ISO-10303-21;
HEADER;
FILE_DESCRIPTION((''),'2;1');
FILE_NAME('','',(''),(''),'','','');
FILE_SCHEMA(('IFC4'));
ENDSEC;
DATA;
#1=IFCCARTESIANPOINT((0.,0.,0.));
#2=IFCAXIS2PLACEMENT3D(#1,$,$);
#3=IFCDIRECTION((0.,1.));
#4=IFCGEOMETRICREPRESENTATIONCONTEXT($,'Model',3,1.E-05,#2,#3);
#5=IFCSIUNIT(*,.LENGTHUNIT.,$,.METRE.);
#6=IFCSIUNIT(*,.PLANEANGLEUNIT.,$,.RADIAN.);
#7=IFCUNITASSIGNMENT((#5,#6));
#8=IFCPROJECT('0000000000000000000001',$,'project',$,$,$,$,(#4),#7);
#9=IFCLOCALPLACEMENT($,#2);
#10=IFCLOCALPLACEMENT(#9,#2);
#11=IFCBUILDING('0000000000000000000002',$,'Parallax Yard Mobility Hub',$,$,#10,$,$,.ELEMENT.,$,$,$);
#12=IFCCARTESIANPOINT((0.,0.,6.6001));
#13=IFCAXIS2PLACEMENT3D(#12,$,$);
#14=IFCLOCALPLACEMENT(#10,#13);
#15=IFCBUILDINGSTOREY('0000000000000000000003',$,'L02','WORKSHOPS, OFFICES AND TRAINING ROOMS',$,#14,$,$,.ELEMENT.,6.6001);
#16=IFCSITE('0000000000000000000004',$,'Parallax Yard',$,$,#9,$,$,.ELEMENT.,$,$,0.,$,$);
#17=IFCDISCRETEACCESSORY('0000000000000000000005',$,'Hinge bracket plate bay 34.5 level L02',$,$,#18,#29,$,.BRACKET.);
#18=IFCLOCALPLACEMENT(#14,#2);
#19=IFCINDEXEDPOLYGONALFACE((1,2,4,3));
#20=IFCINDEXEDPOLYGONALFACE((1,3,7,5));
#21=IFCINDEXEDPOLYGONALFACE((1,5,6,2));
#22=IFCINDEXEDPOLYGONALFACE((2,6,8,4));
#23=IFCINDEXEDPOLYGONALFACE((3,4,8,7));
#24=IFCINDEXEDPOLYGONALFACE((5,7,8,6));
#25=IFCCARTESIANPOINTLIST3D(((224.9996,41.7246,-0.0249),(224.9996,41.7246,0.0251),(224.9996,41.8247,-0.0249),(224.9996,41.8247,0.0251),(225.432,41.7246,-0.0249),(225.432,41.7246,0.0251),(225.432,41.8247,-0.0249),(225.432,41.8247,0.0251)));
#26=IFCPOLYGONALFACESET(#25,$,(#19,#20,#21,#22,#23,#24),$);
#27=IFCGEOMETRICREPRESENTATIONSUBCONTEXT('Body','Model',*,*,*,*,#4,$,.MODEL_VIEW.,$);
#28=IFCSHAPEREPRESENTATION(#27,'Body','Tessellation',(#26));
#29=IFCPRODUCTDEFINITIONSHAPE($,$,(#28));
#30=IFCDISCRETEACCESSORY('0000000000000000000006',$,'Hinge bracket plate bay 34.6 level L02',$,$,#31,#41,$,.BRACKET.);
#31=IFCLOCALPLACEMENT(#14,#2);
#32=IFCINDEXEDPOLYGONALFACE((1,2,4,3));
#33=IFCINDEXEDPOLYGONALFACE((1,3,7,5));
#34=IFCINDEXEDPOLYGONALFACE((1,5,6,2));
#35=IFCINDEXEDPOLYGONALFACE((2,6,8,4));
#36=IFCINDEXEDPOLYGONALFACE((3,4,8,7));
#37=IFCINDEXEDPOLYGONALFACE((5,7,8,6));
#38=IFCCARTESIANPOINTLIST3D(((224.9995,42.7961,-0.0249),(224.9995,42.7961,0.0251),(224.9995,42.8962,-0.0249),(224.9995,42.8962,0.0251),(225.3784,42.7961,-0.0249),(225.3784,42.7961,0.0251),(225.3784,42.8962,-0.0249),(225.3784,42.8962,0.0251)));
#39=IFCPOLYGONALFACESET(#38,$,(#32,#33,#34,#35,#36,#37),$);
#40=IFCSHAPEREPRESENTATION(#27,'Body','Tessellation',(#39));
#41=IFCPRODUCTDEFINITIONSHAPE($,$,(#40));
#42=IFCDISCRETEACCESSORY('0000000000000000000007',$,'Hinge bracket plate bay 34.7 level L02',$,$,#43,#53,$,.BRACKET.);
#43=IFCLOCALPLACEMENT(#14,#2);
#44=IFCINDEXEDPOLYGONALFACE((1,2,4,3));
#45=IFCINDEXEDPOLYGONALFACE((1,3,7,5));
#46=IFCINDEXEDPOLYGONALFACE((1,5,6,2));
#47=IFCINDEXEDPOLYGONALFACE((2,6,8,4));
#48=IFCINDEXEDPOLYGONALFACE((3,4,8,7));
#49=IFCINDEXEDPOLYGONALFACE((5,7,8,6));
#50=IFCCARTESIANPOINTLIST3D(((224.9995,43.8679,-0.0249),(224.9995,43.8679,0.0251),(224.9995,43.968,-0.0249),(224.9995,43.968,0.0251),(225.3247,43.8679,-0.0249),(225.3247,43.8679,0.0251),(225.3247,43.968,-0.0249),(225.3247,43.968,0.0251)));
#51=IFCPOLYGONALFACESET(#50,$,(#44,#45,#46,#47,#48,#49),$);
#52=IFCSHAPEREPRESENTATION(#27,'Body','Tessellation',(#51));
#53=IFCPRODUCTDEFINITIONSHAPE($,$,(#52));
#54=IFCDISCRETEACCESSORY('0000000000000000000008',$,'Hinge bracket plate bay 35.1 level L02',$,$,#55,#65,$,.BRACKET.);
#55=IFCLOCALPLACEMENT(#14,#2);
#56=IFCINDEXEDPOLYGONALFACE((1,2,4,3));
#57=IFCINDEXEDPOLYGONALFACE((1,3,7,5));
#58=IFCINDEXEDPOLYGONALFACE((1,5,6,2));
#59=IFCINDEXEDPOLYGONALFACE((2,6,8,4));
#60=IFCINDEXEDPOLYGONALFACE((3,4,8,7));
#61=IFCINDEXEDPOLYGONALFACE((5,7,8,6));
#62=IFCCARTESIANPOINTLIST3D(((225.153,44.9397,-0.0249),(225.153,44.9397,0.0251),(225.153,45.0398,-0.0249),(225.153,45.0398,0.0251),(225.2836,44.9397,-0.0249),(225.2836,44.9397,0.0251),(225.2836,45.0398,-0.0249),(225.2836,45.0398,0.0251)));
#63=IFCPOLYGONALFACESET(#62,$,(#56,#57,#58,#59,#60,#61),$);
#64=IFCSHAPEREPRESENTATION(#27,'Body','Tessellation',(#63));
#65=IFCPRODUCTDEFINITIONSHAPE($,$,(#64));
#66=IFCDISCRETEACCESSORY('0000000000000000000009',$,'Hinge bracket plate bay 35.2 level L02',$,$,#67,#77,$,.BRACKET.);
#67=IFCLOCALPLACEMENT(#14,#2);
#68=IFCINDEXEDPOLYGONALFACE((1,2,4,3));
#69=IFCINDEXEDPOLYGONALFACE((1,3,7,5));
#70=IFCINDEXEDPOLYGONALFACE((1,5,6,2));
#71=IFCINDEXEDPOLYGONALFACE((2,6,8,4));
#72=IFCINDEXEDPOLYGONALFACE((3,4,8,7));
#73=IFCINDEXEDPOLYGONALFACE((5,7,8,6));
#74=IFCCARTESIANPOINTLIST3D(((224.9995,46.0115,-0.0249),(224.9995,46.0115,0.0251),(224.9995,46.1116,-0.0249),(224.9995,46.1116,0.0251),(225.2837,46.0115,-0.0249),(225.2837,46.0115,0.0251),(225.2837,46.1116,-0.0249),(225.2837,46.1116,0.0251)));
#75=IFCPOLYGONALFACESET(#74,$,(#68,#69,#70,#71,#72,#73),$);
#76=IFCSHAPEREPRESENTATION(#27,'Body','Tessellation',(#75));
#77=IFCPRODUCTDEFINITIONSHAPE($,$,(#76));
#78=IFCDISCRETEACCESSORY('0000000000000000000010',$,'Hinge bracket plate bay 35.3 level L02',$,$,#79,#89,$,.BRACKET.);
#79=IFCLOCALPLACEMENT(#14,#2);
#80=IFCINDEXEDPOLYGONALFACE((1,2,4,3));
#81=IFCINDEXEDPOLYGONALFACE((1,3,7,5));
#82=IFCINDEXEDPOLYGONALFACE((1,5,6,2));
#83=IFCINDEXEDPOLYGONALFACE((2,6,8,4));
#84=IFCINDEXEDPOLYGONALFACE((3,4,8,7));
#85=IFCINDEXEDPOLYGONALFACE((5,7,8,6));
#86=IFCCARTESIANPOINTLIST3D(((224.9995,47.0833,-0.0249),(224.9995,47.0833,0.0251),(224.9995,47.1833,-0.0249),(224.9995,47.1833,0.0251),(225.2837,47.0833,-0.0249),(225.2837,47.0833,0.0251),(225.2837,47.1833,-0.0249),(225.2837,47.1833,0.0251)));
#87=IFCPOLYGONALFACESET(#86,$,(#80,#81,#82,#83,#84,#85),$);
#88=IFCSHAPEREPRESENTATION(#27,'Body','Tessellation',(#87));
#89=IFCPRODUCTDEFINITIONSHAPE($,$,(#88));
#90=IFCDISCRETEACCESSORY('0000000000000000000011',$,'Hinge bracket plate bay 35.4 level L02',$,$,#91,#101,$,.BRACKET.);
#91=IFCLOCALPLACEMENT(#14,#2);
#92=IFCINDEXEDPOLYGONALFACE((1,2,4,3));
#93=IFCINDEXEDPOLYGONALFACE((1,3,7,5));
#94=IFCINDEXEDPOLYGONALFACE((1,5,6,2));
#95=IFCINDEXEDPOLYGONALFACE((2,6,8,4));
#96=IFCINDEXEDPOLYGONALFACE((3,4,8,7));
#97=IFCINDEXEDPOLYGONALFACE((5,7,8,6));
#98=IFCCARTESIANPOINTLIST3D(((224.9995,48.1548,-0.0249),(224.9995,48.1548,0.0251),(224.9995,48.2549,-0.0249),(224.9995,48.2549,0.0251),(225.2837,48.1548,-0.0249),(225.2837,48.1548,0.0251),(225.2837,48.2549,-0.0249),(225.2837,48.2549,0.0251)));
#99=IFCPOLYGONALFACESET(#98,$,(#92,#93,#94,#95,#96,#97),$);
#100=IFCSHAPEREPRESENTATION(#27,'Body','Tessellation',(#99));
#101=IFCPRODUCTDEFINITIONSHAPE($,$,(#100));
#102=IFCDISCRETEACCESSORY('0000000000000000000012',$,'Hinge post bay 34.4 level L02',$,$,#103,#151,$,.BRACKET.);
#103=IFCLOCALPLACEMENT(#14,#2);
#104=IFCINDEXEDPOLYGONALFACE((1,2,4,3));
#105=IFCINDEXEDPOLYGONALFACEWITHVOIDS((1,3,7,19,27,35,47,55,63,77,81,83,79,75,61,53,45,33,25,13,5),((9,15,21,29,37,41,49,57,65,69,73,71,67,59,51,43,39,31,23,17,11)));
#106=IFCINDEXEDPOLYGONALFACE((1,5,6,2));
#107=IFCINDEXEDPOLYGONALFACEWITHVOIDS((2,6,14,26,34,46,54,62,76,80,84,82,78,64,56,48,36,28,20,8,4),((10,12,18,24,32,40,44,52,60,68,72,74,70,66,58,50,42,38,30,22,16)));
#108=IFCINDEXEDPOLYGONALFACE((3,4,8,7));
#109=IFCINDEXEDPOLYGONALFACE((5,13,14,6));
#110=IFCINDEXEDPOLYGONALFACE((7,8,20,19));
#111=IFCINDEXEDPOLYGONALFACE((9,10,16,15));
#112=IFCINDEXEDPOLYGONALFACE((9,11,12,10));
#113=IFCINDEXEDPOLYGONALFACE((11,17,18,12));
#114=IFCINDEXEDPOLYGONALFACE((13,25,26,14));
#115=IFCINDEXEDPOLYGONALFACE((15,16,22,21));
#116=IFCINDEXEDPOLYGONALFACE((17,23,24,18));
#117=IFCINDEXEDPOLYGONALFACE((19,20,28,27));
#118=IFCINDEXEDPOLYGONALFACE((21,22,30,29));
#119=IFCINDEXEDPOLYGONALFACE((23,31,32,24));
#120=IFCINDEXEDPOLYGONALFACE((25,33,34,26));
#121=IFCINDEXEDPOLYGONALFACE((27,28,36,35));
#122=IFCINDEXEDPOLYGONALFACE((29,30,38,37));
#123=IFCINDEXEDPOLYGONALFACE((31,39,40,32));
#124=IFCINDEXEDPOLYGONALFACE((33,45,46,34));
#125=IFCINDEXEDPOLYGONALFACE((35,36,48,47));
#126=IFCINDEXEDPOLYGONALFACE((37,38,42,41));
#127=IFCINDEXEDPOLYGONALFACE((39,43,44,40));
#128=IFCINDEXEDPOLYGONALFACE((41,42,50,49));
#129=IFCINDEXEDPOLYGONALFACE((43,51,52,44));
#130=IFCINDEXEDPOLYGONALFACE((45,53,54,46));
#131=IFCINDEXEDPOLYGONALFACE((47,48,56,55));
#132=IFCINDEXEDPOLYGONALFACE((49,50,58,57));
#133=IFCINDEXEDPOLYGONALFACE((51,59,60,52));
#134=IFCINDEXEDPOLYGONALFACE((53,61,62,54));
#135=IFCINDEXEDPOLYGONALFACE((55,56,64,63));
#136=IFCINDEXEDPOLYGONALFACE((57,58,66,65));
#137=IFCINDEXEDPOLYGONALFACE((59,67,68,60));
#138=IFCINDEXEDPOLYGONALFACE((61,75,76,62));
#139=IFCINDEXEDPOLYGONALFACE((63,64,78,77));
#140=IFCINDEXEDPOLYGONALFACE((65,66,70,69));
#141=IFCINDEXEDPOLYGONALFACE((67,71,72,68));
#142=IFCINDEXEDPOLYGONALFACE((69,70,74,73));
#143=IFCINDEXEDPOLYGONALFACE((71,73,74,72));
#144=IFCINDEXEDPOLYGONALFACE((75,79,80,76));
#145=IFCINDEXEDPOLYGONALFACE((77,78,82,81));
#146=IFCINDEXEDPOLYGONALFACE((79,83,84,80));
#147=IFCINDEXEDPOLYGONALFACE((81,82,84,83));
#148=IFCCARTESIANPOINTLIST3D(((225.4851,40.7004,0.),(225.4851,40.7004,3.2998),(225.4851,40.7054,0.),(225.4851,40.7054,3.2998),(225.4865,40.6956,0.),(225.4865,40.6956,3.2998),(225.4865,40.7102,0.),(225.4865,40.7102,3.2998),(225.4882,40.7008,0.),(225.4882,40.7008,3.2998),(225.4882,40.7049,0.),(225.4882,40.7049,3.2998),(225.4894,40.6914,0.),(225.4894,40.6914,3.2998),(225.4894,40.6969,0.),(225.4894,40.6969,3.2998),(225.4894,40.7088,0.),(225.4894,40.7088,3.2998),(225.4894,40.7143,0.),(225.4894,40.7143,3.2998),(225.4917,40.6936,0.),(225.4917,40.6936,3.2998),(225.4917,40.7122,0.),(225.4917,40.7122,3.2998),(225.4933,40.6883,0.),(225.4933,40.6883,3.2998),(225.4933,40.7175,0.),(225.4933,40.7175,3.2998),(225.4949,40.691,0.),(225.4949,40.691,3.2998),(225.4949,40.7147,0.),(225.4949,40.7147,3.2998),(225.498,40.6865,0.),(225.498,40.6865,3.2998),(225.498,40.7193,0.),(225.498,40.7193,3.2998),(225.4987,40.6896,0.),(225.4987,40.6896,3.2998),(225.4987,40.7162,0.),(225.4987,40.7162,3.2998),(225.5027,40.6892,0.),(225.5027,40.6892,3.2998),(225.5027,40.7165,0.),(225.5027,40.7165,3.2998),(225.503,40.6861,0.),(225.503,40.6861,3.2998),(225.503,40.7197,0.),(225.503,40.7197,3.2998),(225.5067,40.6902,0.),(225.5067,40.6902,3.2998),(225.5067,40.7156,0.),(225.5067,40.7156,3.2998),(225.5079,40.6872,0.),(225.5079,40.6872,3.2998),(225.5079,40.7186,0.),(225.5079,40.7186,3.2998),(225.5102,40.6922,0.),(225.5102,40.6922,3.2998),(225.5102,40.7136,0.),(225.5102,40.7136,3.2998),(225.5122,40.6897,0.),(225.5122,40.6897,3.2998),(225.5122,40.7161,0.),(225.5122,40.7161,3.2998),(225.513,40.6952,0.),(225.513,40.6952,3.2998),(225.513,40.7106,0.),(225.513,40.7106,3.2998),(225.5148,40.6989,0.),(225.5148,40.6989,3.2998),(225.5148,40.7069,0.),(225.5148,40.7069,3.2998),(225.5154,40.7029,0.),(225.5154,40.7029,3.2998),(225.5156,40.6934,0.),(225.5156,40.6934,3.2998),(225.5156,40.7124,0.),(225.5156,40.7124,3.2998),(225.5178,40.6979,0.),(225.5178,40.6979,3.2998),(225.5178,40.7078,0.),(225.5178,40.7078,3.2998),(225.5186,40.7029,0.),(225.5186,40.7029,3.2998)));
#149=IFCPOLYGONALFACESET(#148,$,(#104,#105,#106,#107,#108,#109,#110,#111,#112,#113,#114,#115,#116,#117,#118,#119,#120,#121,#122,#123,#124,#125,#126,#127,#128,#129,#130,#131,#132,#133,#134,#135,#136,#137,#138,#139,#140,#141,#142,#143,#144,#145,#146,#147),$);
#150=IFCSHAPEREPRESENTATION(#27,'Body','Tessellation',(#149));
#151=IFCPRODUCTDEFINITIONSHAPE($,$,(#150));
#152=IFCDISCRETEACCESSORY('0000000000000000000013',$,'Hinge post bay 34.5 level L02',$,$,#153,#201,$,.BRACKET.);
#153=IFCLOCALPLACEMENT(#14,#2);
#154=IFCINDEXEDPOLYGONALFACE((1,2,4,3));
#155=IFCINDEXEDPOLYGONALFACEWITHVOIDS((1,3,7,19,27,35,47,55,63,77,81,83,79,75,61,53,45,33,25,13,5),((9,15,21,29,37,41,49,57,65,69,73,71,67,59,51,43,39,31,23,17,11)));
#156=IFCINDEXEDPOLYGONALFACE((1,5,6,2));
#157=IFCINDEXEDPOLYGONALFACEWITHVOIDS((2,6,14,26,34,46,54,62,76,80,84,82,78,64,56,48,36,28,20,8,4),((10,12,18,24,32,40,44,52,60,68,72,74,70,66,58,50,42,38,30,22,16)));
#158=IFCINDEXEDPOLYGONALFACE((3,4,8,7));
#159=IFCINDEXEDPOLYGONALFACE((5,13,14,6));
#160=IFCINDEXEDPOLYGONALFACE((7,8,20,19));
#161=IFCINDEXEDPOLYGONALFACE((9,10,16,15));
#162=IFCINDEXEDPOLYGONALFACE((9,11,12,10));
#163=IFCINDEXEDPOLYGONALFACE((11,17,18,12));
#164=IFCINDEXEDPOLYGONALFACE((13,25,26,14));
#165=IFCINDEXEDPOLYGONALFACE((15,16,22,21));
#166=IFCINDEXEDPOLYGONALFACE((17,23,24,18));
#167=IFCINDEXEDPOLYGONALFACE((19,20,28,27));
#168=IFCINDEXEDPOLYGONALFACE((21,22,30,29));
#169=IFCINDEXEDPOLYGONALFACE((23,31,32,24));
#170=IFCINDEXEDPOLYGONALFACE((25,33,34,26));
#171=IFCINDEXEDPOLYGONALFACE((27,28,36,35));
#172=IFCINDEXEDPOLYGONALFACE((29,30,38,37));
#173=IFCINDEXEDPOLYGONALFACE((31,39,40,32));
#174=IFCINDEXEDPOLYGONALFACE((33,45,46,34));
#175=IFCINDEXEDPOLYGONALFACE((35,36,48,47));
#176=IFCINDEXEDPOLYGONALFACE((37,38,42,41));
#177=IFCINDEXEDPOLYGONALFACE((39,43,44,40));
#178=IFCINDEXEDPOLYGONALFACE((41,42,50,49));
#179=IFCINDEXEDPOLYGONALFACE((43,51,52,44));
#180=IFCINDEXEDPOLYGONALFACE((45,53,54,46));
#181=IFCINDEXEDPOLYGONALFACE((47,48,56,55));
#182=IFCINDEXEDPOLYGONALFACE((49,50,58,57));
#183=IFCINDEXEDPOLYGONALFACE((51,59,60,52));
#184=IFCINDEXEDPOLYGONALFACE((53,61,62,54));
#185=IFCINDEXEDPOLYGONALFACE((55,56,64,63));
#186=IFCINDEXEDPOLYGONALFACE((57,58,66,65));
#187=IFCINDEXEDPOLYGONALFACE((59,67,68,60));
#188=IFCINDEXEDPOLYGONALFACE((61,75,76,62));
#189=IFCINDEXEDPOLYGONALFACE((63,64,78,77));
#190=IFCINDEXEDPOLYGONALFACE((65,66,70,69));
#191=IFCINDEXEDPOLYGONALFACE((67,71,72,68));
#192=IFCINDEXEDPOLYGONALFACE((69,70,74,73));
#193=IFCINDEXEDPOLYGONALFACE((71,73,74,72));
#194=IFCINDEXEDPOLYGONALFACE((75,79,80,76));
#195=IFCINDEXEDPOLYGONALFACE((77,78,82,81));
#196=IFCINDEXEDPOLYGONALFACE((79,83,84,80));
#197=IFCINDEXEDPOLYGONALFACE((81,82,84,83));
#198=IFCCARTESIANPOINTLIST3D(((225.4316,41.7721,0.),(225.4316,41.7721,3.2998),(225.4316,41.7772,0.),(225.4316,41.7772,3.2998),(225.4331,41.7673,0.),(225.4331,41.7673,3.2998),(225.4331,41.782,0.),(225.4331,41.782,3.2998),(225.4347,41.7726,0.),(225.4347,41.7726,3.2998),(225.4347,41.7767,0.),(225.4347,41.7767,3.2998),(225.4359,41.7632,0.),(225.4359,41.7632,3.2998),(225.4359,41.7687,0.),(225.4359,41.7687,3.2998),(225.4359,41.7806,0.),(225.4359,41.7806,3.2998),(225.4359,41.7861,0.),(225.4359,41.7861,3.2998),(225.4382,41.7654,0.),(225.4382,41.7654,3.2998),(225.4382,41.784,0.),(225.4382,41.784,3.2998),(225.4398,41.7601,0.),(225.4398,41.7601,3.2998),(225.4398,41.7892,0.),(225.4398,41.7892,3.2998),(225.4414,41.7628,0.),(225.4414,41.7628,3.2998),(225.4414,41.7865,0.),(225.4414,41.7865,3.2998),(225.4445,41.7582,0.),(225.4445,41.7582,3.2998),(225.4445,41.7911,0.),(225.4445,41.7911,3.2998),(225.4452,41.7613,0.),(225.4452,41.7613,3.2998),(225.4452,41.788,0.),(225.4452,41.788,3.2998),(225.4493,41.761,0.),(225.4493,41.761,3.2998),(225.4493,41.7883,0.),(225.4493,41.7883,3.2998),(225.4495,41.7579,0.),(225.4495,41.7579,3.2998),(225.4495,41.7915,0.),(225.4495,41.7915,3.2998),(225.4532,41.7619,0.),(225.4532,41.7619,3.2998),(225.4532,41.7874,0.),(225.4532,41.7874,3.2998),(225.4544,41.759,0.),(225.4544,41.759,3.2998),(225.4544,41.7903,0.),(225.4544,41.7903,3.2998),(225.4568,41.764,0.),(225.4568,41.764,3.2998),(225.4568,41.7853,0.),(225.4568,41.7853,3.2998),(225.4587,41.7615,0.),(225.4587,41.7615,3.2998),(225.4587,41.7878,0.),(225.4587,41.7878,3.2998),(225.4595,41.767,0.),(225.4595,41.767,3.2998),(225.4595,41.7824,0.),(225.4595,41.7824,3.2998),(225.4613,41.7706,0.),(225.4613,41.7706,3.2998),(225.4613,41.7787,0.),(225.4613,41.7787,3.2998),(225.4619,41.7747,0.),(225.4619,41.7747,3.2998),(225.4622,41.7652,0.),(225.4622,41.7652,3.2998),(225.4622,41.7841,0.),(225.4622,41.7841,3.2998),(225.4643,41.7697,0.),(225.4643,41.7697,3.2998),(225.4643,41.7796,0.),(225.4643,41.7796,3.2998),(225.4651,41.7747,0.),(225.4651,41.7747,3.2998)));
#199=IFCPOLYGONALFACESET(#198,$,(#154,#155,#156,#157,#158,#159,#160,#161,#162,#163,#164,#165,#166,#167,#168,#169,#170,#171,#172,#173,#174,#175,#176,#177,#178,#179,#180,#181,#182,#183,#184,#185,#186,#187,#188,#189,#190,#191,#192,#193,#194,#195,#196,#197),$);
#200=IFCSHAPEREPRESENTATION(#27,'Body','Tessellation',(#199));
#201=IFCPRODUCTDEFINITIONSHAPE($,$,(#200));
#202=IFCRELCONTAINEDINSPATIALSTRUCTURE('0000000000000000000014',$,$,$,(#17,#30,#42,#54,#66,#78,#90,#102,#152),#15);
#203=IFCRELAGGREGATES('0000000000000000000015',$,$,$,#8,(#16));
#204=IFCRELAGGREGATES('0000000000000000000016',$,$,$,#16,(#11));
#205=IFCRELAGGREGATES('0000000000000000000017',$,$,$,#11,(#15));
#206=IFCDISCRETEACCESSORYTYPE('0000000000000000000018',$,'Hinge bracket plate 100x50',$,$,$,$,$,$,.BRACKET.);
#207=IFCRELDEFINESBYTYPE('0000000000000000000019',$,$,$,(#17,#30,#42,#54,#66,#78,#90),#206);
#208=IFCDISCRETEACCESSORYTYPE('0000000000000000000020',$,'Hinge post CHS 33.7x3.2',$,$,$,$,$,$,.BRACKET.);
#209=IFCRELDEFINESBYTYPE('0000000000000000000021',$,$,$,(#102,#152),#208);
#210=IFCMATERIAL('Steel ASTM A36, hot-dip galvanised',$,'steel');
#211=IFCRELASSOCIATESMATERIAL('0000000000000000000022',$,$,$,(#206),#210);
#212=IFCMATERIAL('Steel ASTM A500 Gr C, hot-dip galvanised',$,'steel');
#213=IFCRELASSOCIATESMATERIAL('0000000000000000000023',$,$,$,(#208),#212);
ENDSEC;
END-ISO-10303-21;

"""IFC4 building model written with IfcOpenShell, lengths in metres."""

from ifc_helpers import new_model, si_unit, direction, frame, origin, origin_2d, place, context, subcontext, project, spatial, rectangle, hollow_circle, extrude, material, material_profile, profile_set, type_object, element, save


model = new_model("IFC4")

# Units and contexts
model_context = context("Model", 3, precision=1e-05, world=origin(), true_north=direction((0.0, 1.0)))
body_context = subcontext(model_context, "Body", "Model", "MODEL_VIEW")
ifc_project = project(units=[si_unit("LENGTHUNIT", "METRE"), si_unit("PLANEANGLEUNIT", "RADIAN")], contexts=[model_context])

# Site, building, storey
site_placement = place(None, origin())
site = spatial("IfcSite", under=ifc_project, at=site_placement, Name="Parallax Yard", CompositionType="ELEMENT", RefElevation=0.0)
building_placement = place(site_placement, origin())
building = spatial("IfcBuilding", under=site, at=building_placement, Name="Parallax Yard Mobility Hub", CompositionType="ELEMENT")
storey_placement = place(building_placement, frame((0.0, 0.0, 6.6001)))
storey = spatial("IfcBuildingStorey", under=building, at=storey_placement, Name="L02", Description="WORKSHOPS, OFFICES AND TRAINING ROOMS", CompositionType="ELEMENT", Elevation=6.6001)

# Discrete accessories
ifc_material_1 = material(Name="Steel ASTM A36, hot-dip galvanised", Category="steel")
discrete_accessory_type_1 = type_object("IfcDiscreteAccessoryType", Name="Hinge bracket plate 100x50", PredefinedType="BRACKET", material=ifc_material_1)
discrete_accessory_1_placement = place(storey_placement, frame((225.2158, 41.7747, -0.0249), z_axis=(0.0, 0.0, 1.0), x_axis=(1.0, 0.0, 0.0)))
element("IfcDiscreteAccessory", 1, at=discrete_accessory_1_placement, inside=storey, type_object=discrete_accessory_type_1, Name="Hinge bracket plate bay 34.5 level L02", PredefinedType="BRACKET", context=body_context, shape_type="SweptSolid", body=[
    extrude(rectangle(XDim=0.4324, YDim=0.1001, at=origin_2d()), origin(), (0.0, 0.0, 1.0), 0.05),
])
discrete_accessory_2_placement = place(storey_placement, frame((225.189, 42.8462, -0.0249), z_axis=(0.0, 0.0, 1.0), x_axis=(1.0, 0.0, 0.0)))
element("IfcDiscreteAccessory", 2, at=discrete_accessory_2_placement, inside=storey, type_object=discrete_accessory_type_1, Name="Hinge bracket plate bay 34.6 level L02", PredefinedType="BRACKET", context=body_context, shape_type="SweptSolid", body=[
    extrude(rectangle(XDim=0.3789, YDim=0.1001, at=origin_2d()), origin(), (0.0, 0.0, 1.0), 0.05),
])
discrete_accessory_3_placement = place(storey_placement, frame((225.1621, 43.918, -0.0249), z_axis=(0.0, 0.0, 1.0), x_axis=(1.0, 0.0, 0.0)))
element("IfcDiscreteAccessory", 3, at=discrete_accessory_3_placement, inside=storey, type_object=discrete_accessory_type_1, Name="Hinge bracket plate bay 34.7 level L02", PredefinedType="BRACKET", context=body_context, shape_type="SweptSolid", body=[
    extrude(rectangle(XDim=0.3252, YDim=0.1001, at=origin_2d()), origin(), (0.0, 0.0, 1.0), 0.05),
])
discrete_accessory_4_placement = place(storey_placement, frame((225.2183, 44.9897, -0.0249), z_axis=(0.0, 0.0, 1.0), x_axis=(1.0, 0.0, 0.0)))
element("IfcDiscreteAccessory", 4, at=discrete_accessory_4_placement, inside=storey, type_object=discrete_accessory_type_1, Name="Hinge bracket plate bay 35.1 level L02", PredefinedType="BRACKET", context=body_context, shape_type="SweptSolid", body=[
    extrude(rectangle(XDim=0.1306, YDim=0.1001, at=origin_2d()), origin(), (0.0, 0.0, 1.0), 0.05),
])
for number, where, z_axis, x_axis, name in (
    (5, (225.1416, 46.0615, -0.0249), (0.0, 0.0, 1.0), (1.0, 0.0, 0.0), "Hinge bracket plate bay 35.2 level L02"),
    (6, (225.1416, 47.1333, -0.0249), (0.0, 0.0, 1.0), (1.0, 0.0, 0.0), "Hinge bracket plate bay 35.3 level L02"),
    (7, (225.1416, 48.2048, -0.0249), (0.0, 0.0, 1.0), (1.0, 0.0, 0.0), "Hinge bracket plate bay 35.4 level L02"),
):
    element("IfcDiscreteAccessory", number, at=place(storey_placement, frame(where, z_axis=z_axis, x_axis=x_axis)), inside=storey, type_object=discrete_accessory_type_1, Name=name, PredefinedType="BRACKET", context=body_context, shape_type="SweptSolid", body=[
        extrude(rectangle(XDim=0.2842, YDim=0.1001, at=origin_2d()), origin(), (0.0, 0.0, 1.0), 0.05),
    ])
ifc_material_2 = material(Name="Steel ASTM A500 Gr C, hot-dip galvanised", Category="steel")
ifc_material_profile_1 = material_profile(ifc_material_2, hollow_circle(Radius=0.0168, WallThickness=0.0032, at=origin_2d()), Name="CHS 33.7x3.2")
ifc_profile_set_1 = profile_set([ifc_material_profile_1], Name="Steel ASTM A500 Gr C, hot-dip galvanised")
discrete_accessory_type_2 = type_object("IfcDiscreteAccessoryType", Name="Hinge post CHS 33.7x3.2", PredefinedType="BRACKET", material=ifc_profile_set_1)
for number, where, z_axis, x_axis, name in (
    (8, (225.5017, 40.7029, 0.0), (0.0, 0.0, 1.0), (1.0, 0.0, 0.0), "Hinge post bay 34.4 level L02"),
    (9, (225.4482, 41.7747, 0.0), (0.0, 0.0, 1.0), (1.0, 0.0, 0.0), "Hinge post bay 34.5 level L02"),
):
    element("IfcDiscreteAccessory", number, at=place(storey_placement, frame(where, z_axis=z_axis, x_axis=x_axis)), inside=storey, type_object=discrete_accessory_type_2, Name=name, PredefinedType="BRACKET", context=body_context, shape_type="SweptSolid", body=[
        extrude(hollow_circle(Radius=0.0168, WallThickness=0.0032, at=origin_2d()), origin(), (0.0, 0.0, 1.0), 3.2998),
    ])

save(model, "model.ifc")
